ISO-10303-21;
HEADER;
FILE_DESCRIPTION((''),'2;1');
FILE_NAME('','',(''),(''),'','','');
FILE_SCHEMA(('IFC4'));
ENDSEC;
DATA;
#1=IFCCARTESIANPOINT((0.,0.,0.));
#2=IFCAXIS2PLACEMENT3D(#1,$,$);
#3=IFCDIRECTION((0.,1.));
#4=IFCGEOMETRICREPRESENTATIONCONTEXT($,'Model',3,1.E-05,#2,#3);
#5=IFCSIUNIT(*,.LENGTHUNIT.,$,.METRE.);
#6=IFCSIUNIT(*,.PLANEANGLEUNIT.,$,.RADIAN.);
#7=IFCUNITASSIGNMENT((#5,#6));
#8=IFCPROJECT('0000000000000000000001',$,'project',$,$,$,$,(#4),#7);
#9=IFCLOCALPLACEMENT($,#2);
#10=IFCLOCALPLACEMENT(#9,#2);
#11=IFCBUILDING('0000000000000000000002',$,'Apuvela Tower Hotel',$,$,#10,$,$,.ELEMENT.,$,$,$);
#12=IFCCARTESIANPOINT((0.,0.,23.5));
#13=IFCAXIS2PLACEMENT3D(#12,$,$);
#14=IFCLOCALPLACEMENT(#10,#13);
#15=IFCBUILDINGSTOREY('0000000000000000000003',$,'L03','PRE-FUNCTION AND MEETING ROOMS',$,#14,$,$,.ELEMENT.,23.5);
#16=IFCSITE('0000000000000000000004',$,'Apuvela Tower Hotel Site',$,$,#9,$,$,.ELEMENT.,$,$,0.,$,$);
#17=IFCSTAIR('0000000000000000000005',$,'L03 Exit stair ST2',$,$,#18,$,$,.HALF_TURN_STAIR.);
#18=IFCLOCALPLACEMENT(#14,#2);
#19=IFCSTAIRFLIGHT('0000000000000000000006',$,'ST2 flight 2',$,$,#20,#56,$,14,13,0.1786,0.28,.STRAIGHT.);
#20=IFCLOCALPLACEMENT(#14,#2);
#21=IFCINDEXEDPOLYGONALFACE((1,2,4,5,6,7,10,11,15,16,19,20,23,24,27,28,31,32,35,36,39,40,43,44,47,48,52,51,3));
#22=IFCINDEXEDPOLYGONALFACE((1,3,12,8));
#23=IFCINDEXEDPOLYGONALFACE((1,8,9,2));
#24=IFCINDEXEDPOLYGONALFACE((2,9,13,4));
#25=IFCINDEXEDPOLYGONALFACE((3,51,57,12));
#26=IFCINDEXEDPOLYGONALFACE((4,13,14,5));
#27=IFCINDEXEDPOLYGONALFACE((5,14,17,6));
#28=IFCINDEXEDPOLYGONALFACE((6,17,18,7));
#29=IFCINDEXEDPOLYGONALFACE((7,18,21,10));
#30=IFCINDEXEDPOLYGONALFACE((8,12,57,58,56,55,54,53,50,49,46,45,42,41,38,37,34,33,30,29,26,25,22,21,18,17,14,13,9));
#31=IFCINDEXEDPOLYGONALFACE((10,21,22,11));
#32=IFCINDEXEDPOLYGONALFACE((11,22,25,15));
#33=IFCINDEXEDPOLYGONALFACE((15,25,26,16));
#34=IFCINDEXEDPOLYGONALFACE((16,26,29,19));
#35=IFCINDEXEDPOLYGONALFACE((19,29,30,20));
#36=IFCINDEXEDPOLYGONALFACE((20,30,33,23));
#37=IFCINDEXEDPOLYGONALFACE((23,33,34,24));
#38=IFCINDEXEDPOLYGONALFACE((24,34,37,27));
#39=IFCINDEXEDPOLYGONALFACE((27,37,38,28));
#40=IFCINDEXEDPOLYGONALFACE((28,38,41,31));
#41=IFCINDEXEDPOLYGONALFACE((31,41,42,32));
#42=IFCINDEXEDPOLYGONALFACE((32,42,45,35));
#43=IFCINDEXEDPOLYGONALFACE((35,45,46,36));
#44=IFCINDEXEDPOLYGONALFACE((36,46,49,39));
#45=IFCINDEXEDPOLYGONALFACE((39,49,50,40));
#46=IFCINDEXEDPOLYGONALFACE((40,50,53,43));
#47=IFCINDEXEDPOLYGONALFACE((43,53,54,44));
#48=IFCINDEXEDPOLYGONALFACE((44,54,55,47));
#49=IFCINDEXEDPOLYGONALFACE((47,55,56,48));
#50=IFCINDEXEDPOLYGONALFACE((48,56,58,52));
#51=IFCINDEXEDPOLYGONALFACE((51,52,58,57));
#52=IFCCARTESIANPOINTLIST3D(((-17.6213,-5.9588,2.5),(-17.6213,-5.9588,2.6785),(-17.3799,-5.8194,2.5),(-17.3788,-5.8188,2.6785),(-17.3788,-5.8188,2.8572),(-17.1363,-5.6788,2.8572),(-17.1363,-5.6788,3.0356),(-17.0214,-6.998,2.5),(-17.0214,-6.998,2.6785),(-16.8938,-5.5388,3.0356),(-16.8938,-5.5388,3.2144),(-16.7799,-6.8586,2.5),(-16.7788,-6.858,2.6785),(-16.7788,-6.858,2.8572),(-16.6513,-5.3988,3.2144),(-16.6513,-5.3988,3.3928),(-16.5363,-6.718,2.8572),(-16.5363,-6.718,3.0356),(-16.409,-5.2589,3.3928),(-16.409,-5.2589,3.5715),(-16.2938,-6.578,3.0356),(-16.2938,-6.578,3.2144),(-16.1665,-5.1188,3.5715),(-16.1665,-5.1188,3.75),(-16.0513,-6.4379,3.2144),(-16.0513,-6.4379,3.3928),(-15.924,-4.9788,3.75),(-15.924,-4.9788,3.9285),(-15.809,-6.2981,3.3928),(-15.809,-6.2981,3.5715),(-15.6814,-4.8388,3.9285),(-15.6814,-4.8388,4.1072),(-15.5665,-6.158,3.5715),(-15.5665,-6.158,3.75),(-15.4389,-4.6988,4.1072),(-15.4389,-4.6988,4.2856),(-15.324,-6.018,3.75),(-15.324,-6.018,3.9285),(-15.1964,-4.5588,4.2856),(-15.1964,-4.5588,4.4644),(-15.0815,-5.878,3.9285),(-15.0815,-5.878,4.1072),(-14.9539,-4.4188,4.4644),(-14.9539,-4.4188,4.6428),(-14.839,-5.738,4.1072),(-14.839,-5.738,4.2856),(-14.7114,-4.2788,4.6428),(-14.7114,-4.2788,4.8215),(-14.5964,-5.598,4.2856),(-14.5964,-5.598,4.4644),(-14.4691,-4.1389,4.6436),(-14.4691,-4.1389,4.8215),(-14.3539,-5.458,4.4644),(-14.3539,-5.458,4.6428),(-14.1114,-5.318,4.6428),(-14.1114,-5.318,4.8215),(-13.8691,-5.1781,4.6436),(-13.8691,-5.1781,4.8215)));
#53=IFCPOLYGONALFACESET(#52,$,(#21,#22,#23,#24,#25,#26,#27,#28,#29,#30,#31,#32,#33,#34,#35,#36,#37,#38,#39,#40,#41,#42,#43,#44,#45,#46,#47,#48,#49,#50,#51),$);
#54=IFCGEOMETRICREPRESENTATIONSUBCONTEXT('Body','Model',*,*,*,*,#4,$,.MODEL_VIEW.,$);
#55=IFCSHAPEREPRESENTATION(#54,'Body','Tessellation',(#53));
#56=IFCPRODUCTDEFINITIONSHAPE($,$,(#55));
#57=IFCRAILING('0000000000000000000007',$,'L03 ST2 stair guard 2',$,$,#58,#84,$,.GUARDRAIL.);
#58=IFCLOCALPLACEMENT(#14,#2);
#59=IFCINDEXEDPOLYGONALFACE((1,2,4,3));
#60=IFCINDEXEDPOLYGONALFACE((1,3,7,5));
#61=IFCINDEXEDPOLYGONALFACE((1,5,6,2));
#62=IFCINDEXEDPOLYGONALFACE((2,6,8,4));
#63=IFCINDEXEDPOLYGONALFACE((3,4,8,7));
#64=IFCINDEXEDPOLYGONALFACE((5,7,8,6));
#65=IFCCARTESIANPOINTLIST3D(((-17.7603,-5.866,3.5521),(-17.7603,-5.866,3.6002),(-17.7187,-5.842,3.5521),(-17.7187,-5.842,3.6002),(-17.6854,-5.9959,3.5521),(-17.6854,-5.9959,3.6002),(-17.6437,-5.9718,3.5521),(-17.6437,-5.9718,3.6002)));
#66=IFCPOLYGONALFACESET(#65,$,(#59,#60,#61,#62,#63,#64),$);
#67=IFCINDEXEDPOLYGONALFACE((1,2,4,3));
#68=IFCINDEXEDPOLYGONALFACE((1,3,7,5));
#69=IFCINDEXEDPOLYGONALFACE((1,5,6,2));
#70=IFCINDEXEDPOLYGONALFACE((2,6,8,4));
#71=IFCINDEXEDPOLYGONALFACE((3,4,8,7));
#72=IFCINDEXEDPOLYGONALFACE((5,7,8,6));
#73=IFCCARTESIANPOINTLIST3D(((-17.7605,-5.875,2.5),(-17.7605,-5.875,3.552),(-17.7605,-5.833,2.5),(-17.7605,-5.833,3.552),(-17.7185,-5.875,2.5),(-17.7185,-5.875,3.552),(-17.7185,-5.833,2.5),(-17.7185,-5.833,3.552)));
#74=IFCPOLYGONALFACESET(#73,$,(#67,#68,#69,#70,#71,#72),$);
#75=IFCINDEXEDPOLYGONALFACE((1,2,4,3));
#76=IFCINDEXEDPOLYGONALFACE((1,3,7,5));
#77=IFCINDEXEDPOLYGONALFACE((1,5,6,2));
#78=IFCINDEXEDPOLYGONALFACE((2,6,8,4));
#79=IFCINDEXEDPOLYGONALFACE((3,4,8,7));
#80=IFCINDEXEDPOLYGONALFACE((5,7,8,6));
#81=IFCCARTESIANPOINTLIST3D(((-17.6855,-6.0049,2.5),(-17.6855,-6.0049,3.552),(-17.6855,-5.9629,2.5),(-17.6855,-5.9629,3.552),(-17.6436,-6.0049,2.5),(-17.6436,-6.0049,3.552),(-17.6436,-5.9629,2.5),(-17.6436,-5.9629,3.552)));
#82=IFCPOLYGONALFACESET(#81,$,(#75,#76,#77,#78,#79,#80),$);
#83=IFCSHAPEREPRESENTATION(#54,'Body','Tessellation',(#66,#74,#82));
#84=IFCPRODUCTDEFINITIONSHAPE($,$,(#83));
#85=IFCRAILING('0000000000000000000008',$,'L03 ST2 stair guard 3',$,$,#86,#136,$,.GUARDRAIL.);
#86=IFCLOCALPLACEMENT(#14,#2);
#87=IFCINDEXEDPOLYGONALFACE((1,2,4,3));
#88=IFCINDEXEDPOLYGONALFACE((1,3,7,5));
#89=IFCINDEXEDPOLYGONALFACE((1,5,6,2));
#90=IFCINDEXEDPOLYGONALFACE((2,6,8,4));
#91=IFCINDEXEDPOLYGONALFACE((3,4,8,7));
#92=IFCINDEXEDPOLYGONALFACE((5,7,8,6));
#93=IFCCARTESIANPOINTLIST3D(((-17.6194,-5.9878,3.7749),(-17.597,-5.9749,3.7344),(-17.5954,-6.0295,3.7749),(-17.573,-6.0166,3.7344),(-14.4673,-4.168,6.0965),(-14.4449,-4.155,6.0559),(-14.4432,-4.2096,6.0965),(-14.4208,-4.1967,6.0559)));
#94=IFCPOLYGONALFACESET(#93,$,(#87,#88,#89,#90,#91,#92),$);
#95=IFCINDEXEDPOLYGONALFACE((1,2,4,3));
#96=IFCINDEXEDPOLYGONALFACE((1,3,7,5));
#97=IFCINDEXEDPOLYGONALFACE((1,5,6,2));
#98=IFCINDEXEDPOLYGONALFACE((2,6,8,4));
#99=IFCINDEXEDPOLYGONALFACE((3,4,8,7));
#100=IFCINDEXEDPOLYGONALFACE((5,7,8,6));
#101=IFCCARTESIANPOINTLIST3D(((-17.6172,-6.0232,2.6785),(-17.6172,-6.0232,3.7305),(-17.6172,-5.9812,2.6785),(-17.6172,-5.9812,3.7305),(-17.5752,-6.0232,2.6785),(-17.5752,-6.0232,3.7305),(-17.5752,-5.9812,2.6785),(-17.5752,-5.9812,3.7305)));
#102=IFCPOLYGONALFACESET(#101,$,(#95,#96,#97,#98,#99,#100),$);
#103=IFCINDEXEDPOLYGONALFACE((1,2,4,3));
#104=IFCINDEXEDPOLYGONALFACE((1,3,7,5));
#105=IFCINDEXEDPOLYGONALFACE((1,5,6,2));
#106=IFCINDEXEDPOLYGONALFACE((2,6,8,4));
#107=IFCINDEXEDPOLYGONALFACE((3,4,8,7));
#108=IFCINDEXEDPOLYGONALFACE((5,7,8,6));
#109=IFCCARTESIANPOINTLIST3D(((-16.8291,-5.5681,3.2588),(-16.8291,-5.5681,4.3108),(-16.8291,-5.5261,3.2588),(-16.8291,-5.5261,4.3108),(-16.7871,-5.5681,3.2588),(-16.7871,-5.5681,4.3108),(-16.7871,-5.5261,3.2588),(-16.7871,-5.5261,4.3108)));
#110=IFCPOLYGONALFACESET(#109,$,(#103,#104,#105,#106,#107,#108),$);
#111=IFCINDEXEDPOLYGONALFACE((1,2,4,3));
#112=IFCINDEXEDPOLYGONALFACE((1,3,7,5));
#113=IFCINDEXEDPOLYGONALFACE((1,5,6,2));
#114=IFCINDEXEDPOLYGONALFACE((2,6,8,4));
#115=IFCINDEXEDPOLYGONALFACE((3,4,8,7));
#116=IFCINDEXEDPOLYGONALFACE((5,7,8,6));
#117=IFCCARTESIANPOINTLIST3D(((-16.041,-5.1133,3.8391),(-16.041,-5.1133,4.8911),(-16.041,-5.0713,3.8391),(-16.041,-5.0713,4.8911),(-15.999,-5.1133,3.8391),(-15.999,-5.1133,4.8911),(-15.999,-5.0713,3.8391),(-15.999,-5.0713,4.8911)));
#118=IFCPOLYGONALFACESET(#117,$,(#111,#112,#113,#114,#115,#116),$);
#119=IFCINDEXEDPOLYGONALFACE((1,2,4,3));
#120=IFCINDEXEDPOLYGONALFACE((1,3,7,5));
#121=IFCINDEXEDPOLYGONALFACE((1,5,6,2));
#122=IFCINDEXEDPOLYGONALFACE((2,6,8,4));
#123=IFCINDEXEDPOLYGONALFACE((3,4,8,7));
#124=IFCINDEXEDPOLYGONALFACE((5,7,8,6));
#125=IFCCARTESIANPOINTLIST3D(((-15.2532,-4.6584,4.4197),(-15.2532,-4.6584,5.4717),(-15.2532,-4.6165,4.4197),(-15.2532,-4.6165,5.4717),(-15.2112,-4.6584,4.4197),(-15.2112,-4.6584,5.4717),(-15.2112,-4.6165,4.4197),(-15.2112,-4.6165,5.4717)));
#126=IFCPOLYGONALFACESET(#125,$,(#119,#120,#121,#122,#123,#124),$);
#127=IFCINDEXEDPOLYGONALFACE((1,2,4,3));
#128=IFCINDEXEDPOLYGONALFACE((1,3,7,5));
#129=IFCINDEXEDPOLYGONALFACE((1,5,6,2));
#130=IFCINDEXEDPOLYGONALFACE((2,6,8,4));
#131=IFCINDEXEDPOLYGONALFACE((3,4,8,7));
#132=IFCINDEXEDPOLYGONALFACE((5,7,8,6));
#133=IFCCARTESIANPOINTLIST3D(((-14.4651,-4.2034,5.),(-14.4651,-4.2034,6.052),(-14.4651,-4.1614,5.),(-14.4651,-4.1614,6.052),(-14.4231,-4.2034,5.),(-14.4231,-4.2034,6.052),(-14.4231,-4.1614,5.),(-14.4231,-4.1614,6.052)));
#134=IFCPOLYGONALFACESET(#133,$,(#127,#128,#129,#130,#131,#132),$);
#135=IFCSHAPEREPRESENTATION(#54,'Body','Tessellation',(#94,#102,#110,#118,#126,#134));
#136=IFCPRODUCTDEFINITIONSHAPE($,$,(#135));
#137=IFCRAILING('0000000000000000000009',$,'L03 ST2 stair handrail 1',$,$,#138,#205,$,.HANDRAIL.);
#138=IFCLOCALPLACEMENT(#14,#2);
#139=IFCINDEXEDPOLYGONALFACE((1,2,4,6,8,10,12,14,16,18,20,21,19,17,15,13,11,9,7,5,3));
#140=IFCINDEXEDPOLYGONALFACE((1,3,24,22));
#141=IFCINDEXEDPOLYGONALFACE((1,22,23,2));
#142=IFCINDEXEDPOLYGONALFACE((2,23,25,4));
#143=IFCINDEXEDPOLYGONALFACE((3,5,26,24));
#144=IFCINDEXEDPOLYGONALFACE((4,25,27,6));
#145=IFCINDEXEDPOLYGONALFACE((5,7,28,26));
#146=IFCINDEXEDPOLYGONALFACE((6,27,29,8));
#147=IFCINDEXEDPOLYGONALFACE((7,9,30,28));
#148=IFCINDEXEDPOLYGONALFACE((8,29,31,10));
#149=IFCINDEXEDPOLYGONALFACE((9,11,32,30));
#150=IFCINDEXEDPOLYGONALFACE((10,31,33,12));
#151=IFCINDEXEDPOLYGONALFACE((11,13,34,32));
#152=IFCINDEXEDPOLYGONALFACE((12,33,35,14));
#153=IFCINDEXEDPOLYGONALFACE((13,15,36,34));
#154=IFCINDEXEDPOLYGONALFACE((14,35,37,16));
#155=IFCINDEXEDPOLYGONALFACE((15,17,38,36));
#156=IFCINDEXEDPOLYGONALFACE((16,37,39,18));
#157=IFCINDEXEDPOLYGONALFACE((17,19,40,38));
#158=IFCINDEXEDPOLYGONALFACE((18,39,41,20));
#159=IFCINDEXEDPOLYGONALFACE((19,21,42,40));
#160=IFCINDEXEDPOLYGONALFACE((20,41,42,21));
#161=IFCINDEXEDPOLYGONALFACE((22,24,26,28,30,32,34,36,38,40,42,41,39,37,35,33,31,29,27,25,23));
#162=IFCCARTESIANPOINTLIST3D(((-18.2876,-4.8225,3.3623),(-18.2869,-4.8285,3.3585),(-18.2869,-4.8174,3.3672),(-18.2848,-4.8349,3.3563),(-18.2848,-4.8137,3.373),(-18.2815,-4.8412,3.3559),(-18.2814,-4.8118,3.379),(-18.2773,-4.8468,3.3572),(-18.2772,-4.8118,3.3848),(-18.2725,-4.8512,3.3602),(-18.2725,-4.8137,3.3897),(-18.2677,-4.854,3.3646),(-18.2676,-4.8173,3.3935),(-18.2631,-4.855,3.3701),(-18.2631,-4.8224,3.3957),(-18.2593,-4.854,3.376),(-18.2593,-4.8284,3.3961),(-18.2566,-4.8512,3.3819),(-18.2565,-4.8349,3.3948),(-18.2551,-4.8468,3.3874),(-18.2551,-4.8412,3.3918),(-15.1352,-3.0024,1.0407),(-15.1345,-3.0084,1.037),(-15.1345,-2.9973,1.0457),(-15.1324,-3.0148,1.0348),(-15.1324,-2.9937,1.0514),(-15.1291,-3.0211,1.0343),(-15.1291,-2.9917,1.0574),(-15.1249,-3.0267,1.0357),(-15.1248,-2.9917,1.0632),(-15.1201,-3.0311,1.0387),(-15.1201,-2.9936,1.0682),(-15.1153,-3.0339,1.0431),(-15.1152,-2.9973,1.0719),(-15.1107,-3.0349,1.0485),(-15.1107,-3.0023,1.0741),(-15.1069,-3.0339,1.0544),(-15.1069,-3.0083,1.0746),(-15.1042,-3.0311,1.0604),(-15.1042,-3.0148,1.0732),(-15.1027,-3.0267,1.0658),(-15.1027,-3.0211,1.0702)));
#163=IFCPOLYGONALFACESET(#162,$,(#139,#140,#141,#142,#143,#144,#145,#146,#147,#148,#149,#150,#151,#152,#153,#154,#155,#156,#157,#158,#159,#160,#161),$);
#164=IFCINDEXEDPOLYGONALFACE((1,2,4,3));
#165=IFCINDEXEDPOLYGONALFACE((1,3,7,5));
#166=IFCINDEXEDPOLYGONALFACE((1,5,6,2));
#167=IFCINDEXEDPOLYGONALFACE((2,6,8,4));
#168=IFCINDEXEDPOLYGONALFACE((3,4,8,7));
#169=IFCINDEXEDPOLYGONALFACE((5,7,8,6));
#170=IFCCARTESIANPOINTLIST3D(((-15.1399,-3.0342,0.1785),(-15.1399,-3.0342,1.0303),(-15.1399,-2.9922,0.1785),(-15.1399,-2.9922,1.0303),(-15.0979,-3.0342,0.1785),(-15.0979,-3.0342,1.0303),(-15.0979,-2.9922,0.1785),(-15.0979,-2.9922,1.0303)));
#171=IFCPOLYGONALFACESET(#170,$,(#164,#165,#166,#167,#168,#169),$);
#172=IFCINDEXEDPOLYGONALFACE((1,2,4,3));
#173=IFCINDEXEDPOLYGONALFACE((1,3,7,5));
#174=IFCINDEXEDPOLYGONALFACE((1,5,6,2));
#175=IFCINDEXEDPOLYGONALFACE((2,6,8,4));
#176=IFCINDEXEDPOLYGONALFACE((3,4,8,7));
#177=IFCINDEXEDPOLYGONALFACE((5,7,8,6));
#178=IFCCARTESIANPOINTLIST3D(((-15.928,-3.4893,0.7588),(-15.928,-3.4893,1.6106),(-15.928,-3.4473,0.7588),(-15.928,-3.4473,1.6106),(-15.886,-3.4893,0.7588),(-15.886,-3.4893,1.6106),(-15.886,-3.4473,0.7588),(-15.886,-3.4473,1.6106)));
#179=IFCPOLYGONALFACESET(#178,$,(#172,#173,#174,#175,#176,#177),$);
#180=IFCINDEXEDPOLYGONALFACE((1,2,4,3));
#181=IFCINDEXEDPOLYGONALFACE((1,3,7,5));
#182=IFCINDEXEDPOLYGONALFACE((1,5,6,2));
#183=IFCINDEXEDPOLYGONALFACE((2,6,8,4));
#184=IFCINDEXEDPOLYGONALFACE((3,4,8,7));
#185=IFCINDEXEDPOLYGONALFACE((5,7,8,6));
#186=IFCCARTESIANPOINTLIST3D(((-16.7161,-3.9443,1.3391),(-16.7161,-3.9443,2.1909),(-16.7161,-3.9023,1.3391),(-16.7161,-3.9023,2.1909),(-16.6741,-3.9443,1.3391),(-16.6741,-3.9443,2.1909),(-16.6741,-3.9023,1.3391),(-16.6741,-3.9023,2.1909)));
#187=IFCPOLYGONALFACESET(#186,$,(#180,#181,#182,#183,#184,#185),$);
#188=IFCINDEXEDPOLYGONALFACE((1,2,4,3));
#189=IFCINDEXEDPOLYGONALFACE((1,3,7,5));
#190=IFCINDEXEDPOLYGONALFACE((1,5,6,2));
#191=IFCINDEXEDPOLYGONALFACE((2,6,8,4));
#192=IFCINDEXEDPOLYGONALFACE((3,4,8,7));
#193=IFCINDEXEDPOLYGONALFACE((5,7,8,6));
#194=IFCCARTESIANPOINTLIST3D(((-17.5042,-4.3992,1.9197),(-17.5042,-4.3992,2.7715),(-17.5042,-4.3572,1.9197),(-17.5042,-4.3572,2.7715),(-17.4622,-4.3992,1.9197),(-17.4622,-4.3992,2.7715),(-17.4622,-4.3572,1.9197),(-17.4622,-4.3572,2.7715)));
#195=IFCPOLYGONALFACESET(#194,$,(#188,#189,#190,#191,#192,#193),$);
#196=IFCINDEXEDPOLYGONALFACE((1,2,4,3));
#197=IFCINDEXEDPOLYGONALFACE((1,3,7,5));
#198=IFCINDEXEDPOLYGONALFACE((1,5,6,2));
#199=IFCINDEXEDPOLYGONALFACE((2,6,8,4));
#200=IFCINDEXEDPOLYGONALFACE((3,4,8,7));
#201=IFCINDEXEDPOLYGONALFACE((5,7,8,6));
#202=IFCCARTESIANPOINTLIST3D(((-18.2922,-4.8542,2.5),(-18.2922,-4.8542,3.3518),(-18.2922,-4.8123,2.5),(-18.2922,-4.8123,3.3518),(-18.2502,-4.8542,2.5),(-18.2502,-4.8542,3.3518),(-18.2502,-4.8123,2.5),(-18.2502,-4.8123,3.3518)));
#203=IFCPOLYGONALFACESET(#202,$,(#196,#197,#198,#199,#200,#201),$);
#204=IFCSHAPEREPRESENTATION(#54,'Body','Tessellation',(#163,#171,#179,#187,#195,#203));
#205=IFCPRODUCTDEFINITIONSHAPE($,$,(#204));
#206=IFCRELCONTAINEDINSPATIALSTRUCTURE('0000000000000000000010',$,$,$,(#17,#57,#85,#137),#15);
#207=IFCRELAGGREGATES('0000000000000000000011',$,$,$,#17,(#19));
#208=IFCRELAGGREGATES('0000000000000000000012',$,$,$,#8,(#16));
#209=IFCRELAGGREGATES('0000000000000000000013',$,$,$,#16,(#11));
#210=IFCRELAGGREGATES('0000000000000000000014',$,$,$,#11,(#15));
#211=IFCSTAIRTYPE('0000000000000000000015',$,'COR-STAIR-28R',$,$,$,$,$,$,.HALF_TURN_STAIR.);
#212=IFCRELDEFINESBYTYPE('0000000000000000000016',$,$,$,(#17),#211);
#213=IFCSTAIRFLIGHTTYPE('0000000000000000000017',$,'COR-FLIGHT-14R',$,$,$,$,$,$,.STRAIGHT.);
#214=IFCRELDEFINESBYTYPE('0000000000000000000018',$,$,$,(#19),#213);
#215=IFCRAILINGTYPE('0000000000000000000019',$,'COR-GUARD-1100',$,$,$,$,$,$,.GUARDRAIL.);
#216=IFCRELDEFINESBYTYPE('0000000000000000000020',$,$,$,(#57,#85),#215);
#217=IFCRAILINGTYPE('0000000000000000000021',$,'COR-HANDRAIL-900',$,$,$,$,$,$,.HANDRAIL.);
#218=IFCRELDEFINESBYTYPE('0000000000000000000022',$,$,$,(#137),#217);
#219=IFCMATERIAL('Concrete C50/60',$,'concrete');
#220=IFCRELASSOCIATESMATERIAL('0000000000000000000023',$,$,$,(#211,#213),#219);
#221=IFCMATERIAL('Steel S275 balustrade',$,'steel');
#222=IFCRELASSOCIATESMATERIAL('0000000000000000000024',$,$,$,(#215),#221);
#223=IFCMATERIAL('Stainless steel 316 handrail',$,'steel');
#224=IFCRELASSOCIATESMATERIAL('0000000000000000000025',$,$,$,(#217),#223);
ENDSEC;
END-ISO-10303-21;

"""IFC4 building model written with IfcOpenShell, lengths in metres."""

from ifc_helpers import new_model, si_unit, direction, frame, origin, origin_2d, place, context, subcontext, project, spatial, polyline, rectangle, circle, outline, extrude, material, type_object, element, aggregate, save


model = new_model("IFC4")

# Units and contexts
model_context = context("Model", 3, precision=1e-05, world=origin(), true_north=direction((0.0, 1.0)))
body_context = subcontext(model_context, "Body", "Model", "MODEL_VIEW")
ifc_project = project(units=[si_unit("LENGTHUNIT", "METRE"), si_unit("PLANEANGLEUNIT", "RADIAN")], contexts=[model_context])

# Site, building, storey
site_placement = place(None, origin())
site = spatial("IfcSite", under=ifc_project, at=site_placement, Name="Apuvela Tower Hotel Site", CompositionType="ELEMENT", RefElevation=0.0)
building_placement = place(site_placement, origin())
building = spatial("IfcBuilding", under=site, at=building_placement, Name="Apuvela Tower Hotel", CompositionType="ELEMENT")
storey_placement = place(building_placement, frame((0.0, 0.0, 23.5)))
storey = spatial("IfcBuildingStorey", under=building, at=storey_placement, Name="L03", Description="PRE-FUNCTION AND MEETING ROOMS", CompositionType="ELEMENT", Elevation=23.5)

# Shared definitions
ifc_material_1 = material(Name="Concrete C50/60", Category="concrete")

# Stair, stair flight
stair_type = type_object("IfcStairType", Name="COR-STAIR-28R", PredefinedType="HALF_TURN_STAIR", material=ifc_material_1)
stair_placement = place(storey_placement, origin())
stair = element("IfcStair", 1, at=stair_placement, inside=storey, type_object=stair_type, Name="L03 Exit stair ST2", PredefinedType="HALF_TURN_STAIR")
stair_flight_type = type_object("IfcStairFlightType", Name="COR-FLIGHT-14R", PredefinedType="STRAIGHT", material=ifc_material_1)
stair_flight_placement = place(storey_placement, frame((-17.3213, -6.4785, 2.5), z_axis=(0.0, 0.0, 1.0), x_axis=(0.866025, 0.5, 0.0)))
stair_flight = element("IfcStairFlight", 2, at=stair_flight_placement, type_object=stair_flight_type, Name="ST2 flight 2", NumberOfRisers=14, NumberOfTreads=13, PredefinedType="STRAIGHT", RiserHeight=0.1786, TreadLength=0.28, context=body_context, shape_type="SweptSolid", body=[
    extrude(outline(polyline([(0.0, 0.0), (0.0, 0.1785), (0.28, 0.1785), (0.28, 0.3572), (0.5601, 0.3572), (0.5601, 0.5356), (0.8401, 0.5356), (0.8401, 0.7144), (1.1201, 0.7144), (1.1201, 0.8928), (1.3999, 0.8928), (1.3999, 1.0715), (1.6799, 1.0715), (1.6799, 1.25), (1.96, 1.25), (1.96, 1.4285), (2.24, 1.4285), (2.24, 1.6072), (2.52, 1.6072), (2.52, 1.7856), (2.8, 1.7856), (2.8, 1.9644), (3.0801, 1.9644), (3.0801, 2.1428), (3.3601, 2.1428), (3.3601, 2.3215), (3.6399, 2.3215), (3.6399, 2.5), (3.6399, 2.1436), (0.2788, 0.0), (0.0, 0.0)])), frame((0.0, 0.6001, 0.0), z_axis=(0.0, -1.0, 0.0), x_axis=(1.0, 0.0, 0.0)), (0.0, 0.0, 1.0), 1.2),
])
aggregate(stair, [stair_flight])

# Railings
ifc_material_2 = material(Name="Steel S275 balustrade", Category="steel")
railing_type_1 = type_object("IfcRailingType", Name="COR-GUARD-1100", PredefinedType="GUARDRAIL", material=ifc_material_2)
railing_1_placement = place(storey_placement, frame((-17.7395, -5.854, 2.5)))
element("IfcRailing", 3, at=railing_1_placement, inside=storey, type_object=railing_type_1, Name="L03 ST2 stair guard 2", PredefinedType="GUARDRAIL", context=body_context, shape_type="SweptSolid", body=[
    extrude(rectangle(XDim=0.0481, YDim=0.0481, at=origin_2d()), frame((0.0, 0.0, 1.0762), z_axis=(0.499816, -0.866131, 0.0), x_axis=(0.866131, 0.499816, 0.0)), (0.0, 0.0, 1.0), 0.1499),
    extrude(rectangle(XDim=0.042, YDim=0.042, at=origin_2d()), origin(), (0.0, 0.0, 1.0), 1.052),
    extrude(rectangle(XDim=0.042, YDim=0.042, at=origin_2d()), frame((0.075, -0.1299, 0.0)), (0.0, 0.0, 1.0), 1.052),
])
railing_2_placement = place(storey_placement, frame((-17.5962, -6.0022, 2.6785)))
element("IfcRailing", 4, at=railing_2_placement, inside=storey, type_object=railing_type_1, Name="L03 ST2 stair guard 3", PredefinedType="GUARDRAIL", context=body_context, shape_type="SweptSolid", body=[
    extrude(rectangle(XDim=0.0481, YDim=0.0481, at=origin_2d()), frame((0.0, 0.0, 1.0762), z_axis=(0.73015, 0.421542, 0.537758), x_axis=(-0.499991, 0.86603, 0.0)), (0.0, 0.0, 1.0), 4.3171),
    extrude(rectangle(XDim=0.042, YDim=0.042, at=origin_2d()), origin(), (0.0, 0.0, 1.0), 1.052),
    extrude(rectangle(XDim=0.042, YDim=0.042, at=origin_2d()), frame((0.7881, 0.4551, 0.5803)), (0.0, 0.0, 1.0), 1.052),
    extrude(rectangle(XDim=0.042, YDim=0.042, at=origin_2d()), frame((1.5762, 0.9099, 1.1606)), (0.0, 0.0, 1.0), 1.052),
    extrude(rectangle(XDim=0.042, YDim=0.042, at=origin_2d()), frame((2.364, 1.3647, 1.7412)), (0.0, 0.0, 1.0), 1.052),
    extrude(rectangle(XDim=0.042, YDim=0.042, at=origin_2d()), frame((3.1521, 1.8198, 2.3215)), (0.0, 0.0, 1.0), 1.052),
])
ifc_material_3 = material(Name="Stainless steel 316 handrail", Category="steel")
railing_type_2 = type_object("IfcRailingType", Name="COR-HANDRAIL-900", PredefinedType="HANDRAIL", material=ifc_material_3)
railing_3_placement = place(storey_placement, frame((-15.1189, -3.0132, 0.1785)))
element("IfcRailing", 5, at=railing_3_placement, inside=storey, type_object=railing_type_2, Name="L03 ST2 stair handrail 1", PredefinedType="HANDRAIL", context=body_context, shape_type="SweptSolid", body=[
    extrude(circle(Radius=0.0239, at=origin_2d()), frame((0.0, 0.0, 0.876), z_axis=(-0.730159, -0.421572, 0.537723), x_axis=(0.500013, -0.866018, 0.0)), (0.0, 0.0, 1.0), 4.3174),
    extrude(rectangle(XDim=0.042, YDim=0.042, at=origin_2d()), origin(), (0.0, 0.0, 1.0), 0.8518),
    extrude(rectangle(XDim=0.042, YDim=0.042, at=origin_2d()), frame((-0.7881, -0.4551, 0.5803)), (0.0, 0.0, 1.0), 0.8518),
    extrude(rectangle(XDim=0.042, YDim=0.042, at=origin_2d()), frame((-1.5762, -0.9102, 1.1606)), (0.0, 0.0, 1.0), 0.8518),
    extrude(rectangle(XDim=0.042, YDim=0.042, at=origin_2d()), frame((-2.3643, -1.365, 1.7412)), (0.0, 0.0, 1.0), 0.8518),
    extrude(rectangle(XDim=0.042, YDim=0.042, at=origin_2d()), frame((-3.1523, -1.8201, 2.3215)), (0.0, 0.0, 1.0), 0.8518),
])

save(model, "model.ifc")
